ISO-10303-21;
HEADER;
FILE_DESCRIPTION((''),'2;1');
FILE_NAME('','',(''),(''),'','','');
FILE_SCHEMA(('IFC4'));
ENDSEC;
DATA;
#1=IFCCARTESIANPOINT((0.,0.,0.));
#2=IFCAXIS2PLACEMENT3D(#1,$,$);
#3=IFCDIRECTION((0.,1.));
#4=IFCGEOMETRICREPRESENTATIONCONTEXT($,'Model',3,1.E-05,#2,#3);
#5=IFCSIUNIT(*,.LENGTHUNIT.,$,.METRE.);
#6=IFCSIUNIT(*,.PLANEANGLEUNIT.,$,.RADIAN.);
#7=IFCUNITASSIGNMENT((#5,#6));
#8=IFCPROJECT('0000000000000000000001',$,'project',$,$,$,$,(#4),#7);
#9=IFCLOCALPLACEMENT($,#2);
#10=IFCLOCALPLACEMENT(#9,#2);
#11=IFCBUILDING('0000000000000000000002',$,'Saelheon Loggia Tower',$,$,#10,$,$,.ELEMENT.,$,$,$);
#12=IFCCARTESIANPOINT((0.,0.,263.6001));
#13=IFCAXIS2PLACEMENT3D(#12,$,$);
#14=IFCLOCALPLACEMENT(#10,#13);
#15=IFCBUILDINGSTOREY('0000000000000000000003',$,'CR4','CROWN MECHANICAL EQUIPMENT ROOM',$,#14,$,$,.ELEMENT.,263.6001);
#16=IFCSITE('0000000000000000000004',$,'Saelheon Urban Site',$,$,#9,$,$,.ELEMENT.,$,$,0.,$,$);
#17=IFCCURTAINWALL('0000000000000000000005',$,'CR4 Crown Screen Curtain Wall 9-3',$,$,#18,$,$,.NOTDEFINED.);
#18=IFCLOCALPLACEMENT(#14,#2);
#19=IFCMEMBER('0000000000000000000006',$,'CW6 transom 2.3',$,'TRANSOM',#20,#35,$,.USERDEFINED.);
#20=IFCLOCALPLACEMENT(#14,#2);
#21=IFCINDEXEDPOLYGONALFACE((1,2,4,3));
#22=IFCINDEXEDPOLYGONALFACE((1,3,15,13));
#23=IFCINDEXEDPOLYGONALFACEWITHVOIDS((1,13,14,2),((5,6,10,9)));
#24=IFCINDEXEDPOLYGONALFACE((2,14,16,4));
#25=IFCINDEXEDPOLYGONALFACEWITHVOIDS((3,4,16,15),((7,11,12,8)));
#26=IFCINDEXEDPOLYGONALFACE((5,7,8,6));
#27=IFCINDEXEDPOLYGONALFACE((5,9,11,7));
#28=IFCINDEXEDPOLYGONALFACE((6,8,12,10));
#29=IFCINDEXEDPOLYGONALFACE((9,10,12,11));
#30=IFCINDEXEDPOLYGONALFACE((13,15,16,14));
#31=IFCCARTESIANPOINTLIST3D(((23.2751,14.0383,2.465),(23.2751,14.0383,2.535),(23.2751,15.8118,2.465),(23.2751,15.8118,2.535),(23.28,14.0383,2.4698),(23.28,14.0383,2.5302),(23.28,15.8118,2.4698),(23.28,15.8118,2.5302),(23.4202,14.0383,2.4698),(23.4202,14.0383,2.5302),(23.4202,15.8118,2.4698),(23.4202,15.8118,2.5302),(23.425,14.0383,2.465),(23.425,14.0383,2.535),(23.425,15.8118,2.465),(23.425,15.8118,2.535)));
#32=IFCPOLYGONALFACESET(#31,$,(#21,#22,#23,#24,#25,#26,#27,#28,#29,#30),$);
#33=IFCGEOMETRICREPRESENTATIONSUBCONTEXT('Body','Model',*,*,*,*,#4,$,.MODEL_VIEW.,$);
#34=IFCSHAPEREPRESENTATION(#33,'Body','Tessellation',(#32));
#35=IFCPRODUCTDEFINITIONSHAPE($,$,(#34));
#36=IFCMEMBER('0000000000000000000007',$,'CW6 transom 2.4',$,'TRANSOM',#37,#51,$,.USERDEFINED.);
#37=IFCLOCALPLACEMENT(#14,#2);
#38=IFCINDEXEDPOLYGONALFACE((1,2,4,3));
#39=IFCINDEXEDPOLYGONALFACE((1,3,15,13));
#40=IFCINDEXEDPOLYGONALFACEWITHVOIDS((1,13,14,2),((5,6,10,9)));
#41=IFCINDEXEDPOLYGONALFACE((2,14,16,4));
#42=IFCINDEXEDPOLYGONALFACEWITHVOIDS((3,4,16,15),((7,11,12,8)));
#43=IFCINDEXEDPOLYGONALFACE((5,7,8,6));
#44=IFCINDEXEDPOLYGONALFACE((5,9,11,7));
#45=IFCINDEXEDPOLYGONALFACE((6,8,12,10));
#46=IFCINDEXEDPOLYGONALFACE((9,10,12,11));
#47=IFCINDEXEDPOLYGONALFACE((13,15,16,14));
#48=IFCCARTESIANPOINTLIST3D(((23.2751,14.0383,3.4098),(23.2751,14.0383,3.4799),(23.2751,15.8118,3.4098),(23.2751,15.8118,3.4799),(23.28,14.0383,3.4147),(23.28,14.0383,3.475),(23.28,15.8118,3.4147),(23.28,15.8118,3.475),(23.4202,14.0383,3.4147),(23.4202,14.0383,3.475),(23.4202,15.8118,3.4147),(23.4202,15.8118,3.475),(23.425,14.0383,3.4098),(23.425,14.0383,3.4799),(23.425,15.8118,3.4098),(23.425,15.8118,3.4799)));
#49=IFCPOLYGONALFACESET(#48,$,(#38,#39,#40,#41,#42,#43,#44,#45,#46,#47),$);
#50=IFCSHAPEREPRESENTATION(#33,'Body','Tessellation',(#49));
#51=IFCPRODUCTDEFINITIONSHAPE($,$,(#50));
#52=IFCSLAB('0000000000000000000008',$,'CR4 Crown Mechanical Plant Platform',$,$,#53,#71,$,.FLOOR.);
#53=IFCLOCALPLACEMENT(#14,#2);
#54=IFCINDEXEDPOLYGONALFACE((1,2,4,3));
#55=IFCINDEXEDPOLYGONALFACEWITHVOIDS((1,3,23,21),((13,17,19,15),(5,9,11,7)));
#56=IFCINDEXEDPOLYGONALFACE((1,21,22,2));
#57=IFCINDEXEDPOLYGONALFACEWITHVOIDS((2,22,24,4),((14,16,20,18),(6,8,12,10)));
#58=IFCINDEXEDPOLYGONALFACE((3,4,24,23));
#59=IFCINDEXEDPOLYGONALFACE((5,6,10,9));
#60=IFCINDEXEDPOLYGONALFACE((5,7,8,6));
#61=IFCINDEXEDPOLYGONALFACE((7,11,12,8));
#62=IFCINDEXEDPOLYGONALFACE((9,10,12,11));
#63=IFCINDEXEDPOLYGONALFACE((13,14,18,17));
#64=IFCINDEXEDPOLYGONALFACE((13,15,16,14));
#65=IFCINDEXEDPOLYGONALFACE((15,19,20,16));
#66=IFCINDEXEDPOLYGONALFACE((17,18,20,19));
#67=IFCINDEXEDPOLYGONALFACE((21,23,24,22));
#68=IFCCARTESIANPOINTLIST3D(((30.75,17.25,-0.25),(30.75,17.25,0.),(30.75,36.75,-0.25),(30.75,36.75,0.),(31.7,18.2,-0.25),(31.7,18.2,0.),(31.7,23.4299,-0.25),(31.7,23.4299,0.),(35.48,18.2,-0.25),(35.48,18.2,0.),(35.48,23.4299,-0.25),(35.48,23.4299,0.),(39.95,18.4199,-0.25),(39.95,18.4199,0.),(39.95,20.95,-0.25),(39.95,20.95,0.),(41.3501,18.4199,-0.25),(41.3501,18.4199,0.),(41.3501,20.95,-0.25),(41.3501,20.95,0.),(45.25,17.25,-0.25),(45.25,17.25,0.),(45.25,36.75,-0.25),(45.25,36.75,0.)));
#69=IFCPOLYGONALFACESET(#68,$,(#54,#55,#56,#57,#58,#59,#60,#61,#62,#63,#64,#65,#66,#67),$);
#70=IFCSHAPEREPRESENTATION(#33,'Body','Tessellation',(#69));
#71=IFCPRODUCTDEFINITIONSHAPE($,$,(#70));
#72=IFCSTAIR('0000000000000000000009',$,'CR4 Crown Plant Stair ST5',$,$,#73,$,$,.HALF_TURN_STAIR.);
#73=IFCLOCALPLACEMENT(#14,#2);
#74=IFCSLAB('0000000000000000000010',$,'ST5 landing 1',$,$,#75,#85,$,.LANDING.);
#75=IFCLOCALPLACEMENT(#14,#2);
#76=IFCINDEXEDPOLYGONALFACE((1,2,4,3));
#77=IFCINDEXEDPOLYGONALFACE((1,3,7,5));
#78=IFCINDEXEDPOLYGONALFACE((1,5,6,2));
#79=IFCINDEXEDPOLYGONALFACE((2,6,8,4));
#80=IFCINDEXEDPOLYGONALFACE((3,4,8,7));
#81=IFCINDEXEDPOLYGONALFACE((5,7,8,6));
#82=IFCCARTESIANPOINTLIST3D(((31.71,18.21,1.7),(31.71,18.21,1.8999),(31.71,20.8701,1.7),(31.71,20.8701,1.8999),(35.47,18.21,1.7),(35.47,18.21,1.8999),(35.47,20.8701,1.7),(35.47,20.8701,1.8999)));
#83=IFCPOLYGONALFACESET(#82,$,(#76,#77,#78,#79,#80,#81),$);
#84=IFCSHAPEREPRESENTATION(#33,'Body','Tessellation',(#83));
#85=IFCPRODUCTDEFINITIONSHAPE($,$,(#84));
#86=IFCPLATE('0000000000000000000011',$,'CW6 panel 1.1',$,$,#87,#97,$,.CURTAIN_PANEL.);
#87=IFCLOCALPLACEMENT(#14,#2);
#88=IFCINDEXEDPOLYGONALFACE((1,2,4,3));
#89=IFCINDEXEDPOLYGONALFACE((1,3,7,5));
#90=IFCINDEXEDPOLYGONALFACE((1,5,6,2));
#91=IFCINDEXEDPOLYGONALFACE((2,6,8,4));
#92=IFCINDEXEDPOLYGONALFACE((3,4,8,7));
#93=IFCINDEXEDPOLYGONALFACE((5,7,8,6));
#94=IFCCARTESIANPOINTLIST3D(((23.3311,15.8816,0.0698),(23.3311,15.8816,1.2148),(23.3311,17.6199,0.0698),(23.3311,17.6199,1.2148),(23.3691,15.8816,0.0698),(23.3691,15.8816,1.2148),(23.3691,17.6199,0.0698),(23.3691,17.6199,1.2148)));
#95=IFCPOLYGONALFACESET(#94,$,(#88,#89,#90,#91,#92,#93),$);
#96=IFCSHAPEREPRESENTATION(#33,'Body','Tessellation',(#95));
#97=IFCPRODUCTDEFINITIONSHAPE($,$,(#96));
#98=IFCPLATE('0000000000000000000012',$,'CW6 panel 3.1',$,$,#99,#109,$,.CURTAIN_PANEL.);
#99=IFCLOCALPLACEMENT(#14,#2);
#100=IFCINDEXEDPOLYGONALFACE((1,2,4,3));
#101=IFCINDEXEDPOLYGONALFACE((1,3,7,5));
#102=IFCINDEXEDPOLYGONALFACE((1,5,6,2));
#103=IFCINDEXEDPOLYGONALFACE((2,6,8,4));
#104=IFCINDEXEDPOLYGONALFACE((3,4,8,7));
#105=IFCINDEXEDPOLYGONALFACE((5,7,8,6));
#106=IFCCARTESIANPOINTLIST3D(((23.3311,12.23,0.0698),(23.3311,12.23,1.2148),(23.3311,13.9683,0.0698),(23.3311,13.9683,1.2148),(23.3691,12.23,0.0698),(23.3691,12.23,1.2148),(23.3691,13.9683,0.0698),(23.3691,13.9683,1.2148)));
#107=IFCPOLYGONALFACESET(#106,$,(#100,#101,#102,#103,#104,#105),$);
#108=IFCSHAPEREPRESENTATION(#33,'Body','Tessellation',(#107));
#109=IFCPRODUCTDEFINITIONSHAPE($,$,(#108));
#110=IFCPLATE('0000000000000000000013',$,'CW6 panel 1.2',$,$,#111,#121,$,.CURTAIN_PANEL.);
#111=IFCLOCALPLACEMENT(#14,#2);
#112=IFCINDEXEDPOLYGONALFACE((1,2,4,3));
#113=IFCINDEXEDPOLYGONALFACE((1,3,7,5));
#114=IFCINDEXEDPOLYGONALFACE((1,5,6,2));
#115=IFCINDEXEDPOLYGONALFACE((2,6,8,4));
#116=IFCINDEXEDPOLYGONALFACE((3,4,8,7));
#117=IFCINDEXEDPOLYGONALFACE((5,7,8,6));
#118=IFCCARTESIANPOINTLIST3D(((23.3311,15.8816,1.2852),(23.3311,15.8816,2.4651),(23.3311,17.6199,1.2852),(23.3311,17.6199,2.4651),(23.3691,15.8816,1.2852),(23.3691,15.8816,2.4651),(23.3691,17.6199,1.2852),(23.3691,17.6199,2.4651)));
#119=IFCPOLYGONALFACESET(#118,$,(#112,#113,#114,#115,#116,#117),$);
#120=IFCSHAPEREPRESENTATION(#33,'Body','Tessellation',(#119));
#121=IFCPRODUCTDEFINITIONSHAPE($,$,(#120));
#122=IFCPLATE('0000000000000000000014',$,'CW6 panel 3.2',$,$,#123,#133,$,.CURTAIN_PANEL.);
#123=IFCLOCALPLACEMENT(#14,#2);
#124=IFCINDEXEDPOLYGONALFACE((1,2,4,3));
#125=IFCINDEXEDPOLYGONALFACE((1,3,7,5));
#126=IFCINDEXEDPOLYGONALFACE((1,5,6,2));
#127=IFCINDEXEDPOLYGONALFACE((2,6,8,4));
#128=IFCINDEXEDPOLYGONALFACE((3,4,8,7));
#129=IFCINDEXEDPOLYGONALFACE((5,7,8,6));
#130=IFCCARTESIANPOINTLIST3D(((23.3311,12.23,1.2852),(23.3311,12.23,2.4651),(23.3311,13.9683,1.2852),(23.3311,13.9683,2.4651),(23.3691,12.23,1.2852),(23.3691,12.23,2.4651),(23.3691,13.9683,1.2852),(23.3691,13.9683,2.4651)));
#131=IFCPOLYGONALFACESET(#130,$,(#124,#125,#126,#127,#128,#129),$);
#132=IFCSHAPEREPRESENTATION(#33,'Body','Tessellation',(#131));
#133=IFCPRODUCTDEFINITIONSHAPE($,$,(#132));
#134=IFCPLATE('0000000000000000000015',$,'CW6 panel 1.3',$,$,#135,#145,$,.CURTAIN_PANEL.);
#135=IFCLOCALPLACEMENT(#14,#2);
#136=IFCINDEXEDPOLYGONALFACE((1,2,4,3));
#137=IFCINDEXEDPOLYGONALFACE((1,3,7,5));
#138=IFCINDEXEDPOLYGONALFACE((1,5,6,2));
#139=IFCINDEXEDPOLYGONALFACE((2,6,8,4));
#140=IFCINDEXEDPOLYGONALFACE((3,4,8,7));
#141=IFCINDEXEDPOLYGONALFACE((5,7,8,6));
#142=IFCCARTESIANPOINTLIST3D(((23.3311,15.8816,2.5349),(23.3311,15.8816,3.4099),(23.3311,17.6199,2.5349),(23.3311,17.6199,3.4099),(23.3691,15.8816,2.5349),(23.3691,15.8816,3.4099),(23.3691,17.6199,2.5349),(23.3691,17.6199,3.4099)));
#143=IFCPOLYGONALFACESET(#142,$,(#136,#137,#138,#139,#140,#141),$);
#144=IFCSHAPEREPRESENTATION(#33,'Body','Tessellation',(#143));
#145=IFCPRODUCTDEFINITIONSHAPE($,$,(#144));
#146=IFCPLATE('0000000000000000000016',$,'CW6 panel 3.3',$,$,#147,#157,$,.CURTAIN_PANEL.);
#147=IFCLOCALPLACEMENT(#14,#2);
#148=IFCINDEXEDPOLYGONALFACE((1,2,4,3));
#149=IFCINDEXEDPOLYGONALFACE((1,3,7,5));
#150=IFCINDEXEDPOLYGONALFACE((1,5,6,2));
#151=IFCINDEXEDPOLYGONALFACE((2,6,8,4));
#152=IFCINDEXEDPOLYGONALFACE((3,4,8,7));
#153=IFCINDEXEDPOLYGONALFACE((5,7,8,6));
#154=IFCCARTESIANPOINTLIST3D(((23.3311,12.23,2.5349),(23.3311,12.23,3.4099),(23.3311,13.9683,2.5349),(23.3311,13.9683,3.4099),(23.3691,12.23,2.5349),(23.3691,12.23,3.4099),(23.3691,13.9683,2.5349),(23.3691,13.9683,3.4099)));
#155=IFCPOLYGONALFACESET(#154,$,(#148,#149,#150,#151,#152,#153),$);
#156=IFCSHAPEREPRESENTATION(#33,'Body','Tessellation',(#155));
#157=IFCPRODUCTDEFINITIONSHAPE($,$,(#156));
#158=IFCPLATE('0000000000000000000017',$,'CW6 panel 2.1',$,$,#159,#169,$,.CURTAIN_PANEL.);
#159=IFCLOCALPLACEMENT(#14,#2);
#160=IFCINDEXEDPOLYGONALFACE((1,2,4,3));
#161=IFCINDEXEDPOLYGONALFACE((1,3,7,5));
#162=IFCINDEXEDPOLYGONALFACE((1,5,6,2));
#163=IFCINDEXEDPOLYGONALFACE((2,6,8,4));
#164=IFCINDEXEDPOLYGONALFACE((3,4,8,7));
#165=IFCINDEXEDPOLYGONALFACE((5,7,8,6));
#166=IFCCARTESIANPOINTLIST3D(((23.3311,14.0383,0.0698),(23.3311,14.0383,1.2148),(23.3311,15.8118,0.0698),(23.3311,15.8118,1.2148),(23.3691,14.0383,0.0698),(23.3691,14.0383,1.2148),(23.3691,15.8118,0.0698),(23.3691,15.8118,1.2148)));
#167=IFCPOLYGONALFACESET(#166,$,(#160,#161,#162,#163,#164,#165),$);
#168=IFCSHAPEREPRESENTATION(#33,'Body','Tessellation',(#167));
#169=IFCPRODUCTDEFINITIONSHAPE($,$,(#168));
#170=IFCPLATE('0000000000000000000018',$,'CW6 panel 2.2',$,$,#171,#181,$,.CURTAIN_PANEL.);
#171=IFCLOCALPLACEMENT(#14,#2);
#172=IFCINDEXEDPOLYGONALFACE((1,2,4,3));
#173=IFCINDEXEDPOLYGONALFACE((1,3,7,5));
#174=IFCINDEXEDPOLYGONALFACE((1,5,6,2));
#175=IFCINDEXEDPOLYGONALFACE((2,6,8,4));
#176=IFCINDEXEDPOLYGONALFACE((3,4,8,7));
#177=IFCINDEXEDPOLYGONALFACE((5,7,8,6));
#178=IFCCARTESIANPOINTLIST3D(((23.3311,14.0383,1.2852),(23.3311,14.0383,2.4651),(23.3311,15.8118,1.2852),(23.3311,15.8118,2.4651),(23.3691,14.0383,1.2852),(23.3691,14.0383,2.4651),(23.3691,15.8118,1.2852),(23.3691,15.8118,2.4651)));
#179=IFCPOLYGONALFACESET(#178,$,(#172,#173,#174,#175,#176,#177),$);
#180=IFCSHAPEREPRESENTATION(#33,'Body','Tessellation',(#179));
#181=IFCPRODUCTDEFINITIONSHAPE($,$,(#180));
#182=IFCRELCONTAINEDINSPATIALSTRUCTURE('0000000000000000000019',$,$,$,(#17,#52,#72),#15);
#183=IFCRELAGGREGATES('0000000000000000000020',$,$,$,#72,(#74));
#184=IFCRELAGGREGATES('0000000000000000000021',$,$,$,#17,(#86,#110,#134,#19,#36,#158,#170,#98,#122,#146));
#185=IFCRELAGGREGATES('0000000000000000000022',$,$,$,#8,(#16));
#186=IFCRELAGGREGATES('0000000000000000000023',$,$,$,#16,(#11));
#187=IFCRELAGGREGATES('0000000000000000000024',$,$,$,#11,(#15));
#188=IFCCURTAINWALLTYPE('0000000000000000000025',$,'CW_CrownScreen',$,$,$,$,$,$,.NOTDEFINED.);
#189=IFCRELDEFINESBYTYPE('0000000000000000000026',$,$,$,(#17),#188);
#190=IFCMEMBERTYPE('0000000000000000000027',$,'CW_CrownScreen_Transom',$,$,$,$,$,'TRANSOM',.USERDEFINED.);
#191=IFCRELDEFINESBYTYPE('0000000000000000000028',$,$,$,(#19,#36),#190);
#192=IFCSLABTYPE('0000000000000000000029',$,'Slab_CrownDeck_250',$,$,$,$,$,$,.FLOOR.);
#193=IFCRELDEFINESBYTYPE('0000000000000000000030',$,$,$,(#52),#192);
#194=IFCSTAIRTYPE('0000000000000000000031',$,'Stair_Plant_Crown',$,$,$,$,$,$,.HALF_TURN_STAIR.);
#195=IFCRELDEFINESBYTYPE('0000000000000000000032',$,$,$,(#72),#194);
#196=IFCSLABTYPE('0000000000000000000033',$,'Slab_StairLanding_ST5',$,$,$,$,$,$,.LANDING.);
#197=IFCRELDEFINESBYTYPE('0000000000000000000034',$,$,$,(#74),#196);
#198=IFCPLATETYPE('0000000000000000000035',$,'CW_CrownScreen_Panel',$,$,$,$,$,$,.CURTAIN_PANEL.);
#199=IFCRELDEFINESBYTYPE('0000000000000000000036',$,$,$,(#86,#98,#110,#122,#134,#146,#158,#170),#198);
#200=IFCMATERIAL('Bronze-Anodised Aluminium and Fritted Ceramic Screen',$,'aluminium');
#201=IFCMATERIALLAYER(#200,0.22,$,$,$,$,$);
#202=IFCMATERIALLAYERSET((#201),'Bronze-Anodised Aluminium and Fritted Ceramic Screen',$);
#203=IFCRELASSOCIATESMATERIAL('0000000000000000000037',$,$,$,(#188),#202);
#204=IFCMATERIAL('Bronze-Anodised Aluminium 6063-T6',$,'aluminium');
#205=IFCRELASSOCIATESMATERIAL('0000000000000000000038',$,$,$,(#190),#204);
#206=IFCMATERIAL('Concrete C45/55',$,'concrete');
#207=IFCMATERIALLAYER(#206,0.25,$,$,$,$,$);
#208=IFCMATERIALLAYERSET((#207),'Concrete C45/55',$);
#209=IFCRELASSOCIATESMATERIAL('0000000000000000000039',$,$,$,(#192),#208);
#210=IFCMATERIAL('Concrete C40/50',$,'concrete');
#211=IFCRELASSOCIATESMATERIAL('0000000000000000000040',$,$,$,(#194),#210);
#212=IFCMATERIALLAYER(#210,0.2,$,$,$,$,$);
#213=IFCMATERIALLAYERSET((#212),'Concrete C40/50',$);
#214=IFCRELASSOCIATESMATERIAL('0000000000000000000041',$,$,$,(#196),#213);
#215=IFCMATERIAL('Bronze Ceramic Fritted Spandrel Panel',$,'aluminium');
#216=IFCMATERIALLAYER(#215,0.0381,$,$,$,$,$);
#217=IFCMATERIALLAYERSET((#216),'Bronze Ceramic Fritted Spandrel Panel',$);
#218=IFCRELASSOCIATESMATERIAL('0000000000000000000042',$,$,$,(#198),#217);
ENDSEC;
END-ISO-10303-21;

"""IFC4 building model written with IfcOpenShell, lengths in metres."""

from ifc_helpers import new_model, si_unit, direction, frame, origin, origin_2d, place, context, subcontext, project, spatial, polyline, rectangle, hollow_rectangle, outline, extrude, source, transform, mapped, material, layer, layer_set, material_profile, profile_set, type_object, element, aggregate, save


model = new_model("IFC4")

# Units and contexts
model_context = context("Model", 3, precision=1e-05, world=origin(), true_north=direction((0.0, 1.0)))
body_context = subcontext(model_context, "Body", "Model", "MODEL_VIEW")
ifc_project = project(units=[si_unit("LENGTHUNIT", "METRE"), si_unit("PLANEANGLEUNIT", "RADIAN")], contexts=[model_context])

# Site, building, storey
site_placement = place(None, origin())
site = spatial("IfcSite", under=ifc_project, at=site_placement, Name="Saelheon Urban Site", CompositionType="ELEMENT", RefElevation=0.0)
building_placement = place(site_placement, origin())
building = spatial("IfcBuilding", under=site, at=building_placement, Name="Saelheon Loggia Tower", CompositionType="ELEMENT")
storey_placement = place(building_placement, frame((0.0, 0.0, 263.6001)))
storey = spatial("IfcBuildingStorey", under=building, at=storey_placement, Name="CR4", Description="CROWN MECHANICAL EQUIPMENT ROOM", CompositionType="ELEMENT", Elevation=263.6001)

# Curtain wall, members
ifc_material_1 = material(Name="Bronze-Anodised Aluminium and Fritted Ceramic Screen", Category="aluminium")
ifc_layer_1 = layer(ifc_material_1, 0.22)
ifc_layer_set_1 = layer_set([ifc_layer_1], Name="Bronze-Anodised Aluminium and Fritted Ceramic Screen")
curtain_wall_type = type_object("IfcCurtainWallType", Name="CW_CrownScreen", PredefinedType="NOTDEFINED", material=ifc_layer_set_1)
curtain_wall_placement = place(storey_placement, origin())
curtain_wall = element("IfcCurtainWall", 1, at=curtain_wall_placement, inside=storey, type_object=curtain_wall_type, Name="CR4 Crown Screen Curtain Wall 9-3", PredefinedType="NOTDEFINED")
ifc_material_2 = material(Name="Bronze-Anodised Aluminium 6063-T6", Category="aluminium")
ifc_material_profile_1 = material_profile(ifc_material_2, hollow_rectangle(XDim=0.0701, YDim=0.1499, WallThickness=0.0049, at=origin_2d()), Name="RHS-150x70x5")
ifc_profile_set_1 = profile_set([ifc_material_profile_1], Name="Bronze-Anodised Aluminium 6063-T6")
member_type_1 = type_object("IfcMemberType", Name="CW_CrownScreen_Transom", ElementType="TRANSOM", PredefinedType="USERDEFINED", material=ifc_profile_set_1)
shared_shape_1 = source(origin(), body_context, "Body", "SweptSolid", [
    extrude(hollow_rectangle(XDim=0.0701, YDim=0.1499, WallThickness=0.0049, at=origin_2d()), origin(), (0.0, 0.0, 1.0), 1.7734),
])
member_1_placement = place(storey_placement, frame((23.3501, 15.8118, 2.5), z_axis=(0.0, -1.0, 0.0), x_axis=(0.0, 0.0, 1.0)))
member_1 = element("IfcMember", 2, at=member_1_placement, type_object=member_type_1, Name="CW6 transom 2.3", ObjectType="TRANSOM", PredefinedType="USERDEFINED", context=body_context, shape_type="MappedRepresentation", body=[
    mapped(shared_shape_1, transform((0.0, 0.0, 0.0), scale=1.0)),
])
member_2_placement = place(storey_placement, frame((23.3501, 15.8118, 3.4448), z_axis=(0.0, -1.0, 0.0), x_axis=(0.0, 0.0, 1.0)))
member_2 = element("IfcMember", 3, at=member_2_placement, type_object=member_type_1, Name="CW6 transom 2.4", ObjectType="TRANSOM", PredefinedType="USERDEFINED", context=body_context, shape_type="MappedRepresentation", body=[
    mapped(shared_shape_1, transform((0.0, 0.0, 0.0), scale=1.0)),
])

# Slab
ifc_material_3 = material(Name="Concrete C45/55", Category="concrete")
ifc_layer_2 = layer(ifc_material_3, 0.25)
ifc_layer_set_2 = layer_set([ifc_layer_2], Name="Concrete C45/55")
slab_type_1 = type_object("IfcSlabType", Name="Slab_CrownDeck_250", PredefinedType="FLOOR", material=ifc_layer_set_2)
slab_1_placement = place(storey_placement, frame((0.0, 0.0, -0.25)))
element("IfcSlab", 4, at=slab_1_placement, inside=storey, type_object=slab_type_1, Name="CR4 Crown Mechanical Plant Platform", PredefinedType="FLOOR", context=body_context, shape_type="SweptSolid", body=[
    extrude(outline(polyline([(30.75, 17.25), (45.25, 17.25), (45.25, 36.75), (30.75, 36.75), (30.75, 17.25)]), holes=[polyline([(31.7, 23.4299), (31.7, 18.2), (35.48, 18.2), (35.48, 23.4299), (31.7, 23.4299)]), polyline([(39.95, 18.4199), (41.3501, 18.4199), (41.3501, 20.95), (39.95, 20.95), (39.95, 18.4199)])]), origin(), (0.0, 0.0, 1.0), 0.25),
])

# Stair, slab
ifc_material_4 = material(Name="Concrete C40/50", Category="concrete")
stair_type = type_object("IfcStairType", Name="Stair_Plant_Crown", PredefinedType="HALF_TURN_STAIR", material=ifc_material_4)
stair_placement = place(storey_placement, origin())
stair = element("IfcStair", 5, at=stair_placement, inside=storey, type_object=stair_type, Name="CR4 Crown Plant Stair ST5", PredefinedType="HALF_TURN_STAIR")
ifc_layer_3 = layer(ifc_material_4, 0.2)
ifc_layer_set_3 = layer_set([ifc_layer_3], Name="Concrete C40/50")
slab_type_2 = type_object("IfcSlabType", Name="Slab_StairLanding_ST5", PredefinedType="LANDING", material=ifc_layer_set_3)
slab_2_placement = place(storey_placement, frame((0.0, 0.0, 1.7)))
slab_2 = element("IfcSlab", 6, at=slab_2_placement, type_object=slab_type_2, Name="ST5 landing 1", PredefinedType="LANDING", context=body_context, shape_type="SweptSolid", body=[
    extrude(outline(polyline([(31.71, 20.8701), (31.71, 18.21), (35.47, 18.21), (35.47, 20.8701), (31.71, 20.8701)])), origin(), (0.0, 0.0, 1.0), 0.2),
])
aggregate(stair, [slab_2])

# Plates
ifc_material_5 = material(Name="Bronze Ceramic Fritted Spandrel Panel", Category="aluminium")
ifc_layer_4 = layer(ifc_material_5, 0.0381)
ifc_layer_set_4 = layer_set([ifc_layer_4], Name="Bronze Ceramic Fritted Spandrel Panel")
plate_type = type_object("IfcPlateType", Name="CW_CrownScreen_Panel", PredefinedType="CURTAIN_PANEL", material=ifc_layer_set_4)
shared_shape_2 = source(origin(), body_context, "Body", "SweptSolid", [
    extrude(rectangle(XDim=1.7383, YDim=0.0381, at=origin_2d()), origin(), (0.0, 0.0, 1.0), 1.145),
])
plate_1_placement = place(storey_placement, frame((23.3501, 16.7507, 0.0698), z_axis=(0.0, 0.0, 1.0), x_axis=(0.0, -1.0, 0.0)))
plate_1 = element("IfcPlate", 7, at=plate_1_placement, type_object=plate_type, Name="CW6 panel 1.1", PredefinedType="CURTAIN_PANEL", context=body_context, shape_type="MappedRepresentation", body=[
    mapped(shared_shape_2, transform((0.0, 0.0, 0.0), scale=1.0)),
])
plate_2_placement = place(storey_placement, frame((23.3501, 13.0991, 0.0698), z_axis=(0.0, 0.0, 1.0), x_axis=(0.0, -1.0, 0.0)))
plate_2 = element("IfcPlate", 8, at=plate_2_placement, type_object=plate_type, Name="CW6 panel 3.1", PredefinedType="CURTAIN_PANEL", context=body_context, shape_type="MappedRepresentation", body=[
    mapped(shared_shape_2, transform((0.0, 0.0, 0.0), scale=1.0)),
])
shared_shape_3 = source(origin(), body_context, "Body", "SweptSolid", [
    extrude(rectangle(XDim=1.7383, YDim=0.0381, at=origin_2d()), origin(), (0.0, 0.0, 1.0), 1.1799),
])
plate_3_placement = place(storey_placement, frame((23.3501, 16.7507, 1.2852), z_axis=(0.0, 0.0, 1.0), x_axis=(0.0, -1.0, 0.0)))
plate_3 = element("IfcPlate", 9, at=plate_3_placement, type_object=plate_type, Name="CW6 panel 1.2", PredefinedType="CURTAIN_PANEL", context=body_context, shape_type="MappedRepresentation", body=[
    mapped(shared_shape_3, transform((0.0, 0.0, 0.0), scale=1.0)),
])
plate_4_placement = place(storey_placement, frame((23.3501, 13.0991, 1.2852), z_axis=(0.0, 0.0, 1.0), x_axis=(0.0, -1.0, 0.0)))
plate_4 = element("IfcPlate", 10, at=plate_4_placement, type_object=plate_type, Name="CW6 panel 3.2", PredefinedType="CURTAIN_PANEL", context=body_context, shape_type="MappedRepresentation", body=[
    mapped(shared_shape_3, transform((0.0, 0.0, 0.0), scale=1.0)),
])
shared_shape_4 = source(origin(), body_context, "Body", "SweptSolid", [
    extrude(rectangle(XDim=1.7383, YDim=0.0381, at=origin_2d()), origin(), (0.0, 0.0, 1.0), 0.875),
])
plate_5_placement = place(storey_placement, frame((23.3501, 16.7507, 2.5349), z_axis=(0.0, 0.0, 1.0), x_axis=(0.0, -1.0, 0.0)))
plate_5 = element("IfcPlate", 11, at=plate_5_placement, type_object=plate_type, Name="CW6 panel 1.3", PredefinedType="CURTAIN_PANEL", context=body_context, shape_type="MappedRepresentation", body=[
    mapped(shared_shape_4, transform((0.0, 0.0, 0.0), scale=1.0)),
])
plate_6_placement = place(storey_placement, frame((23.3501, 13.0991, 2.5349), z_axis=(0.0, 0.0, 1.0), x_axis=(0.0, -1.0, 0.0)))
plate_6 = element("IfcPlate", 12, at=plate_6_placement, type_object=plate_type, Name="CW6 panel 3.3", PredefinedType="CURTAIN_PANEL", context=body_context, shape_type="MappedRepresentation", body=[
    mapped(shared_shape_4, transform((0.0, 0.0, 0.0), scale=1.0)),
])
shared_shape_5 = source(origin(), body_context, "Body", "SweptSolid", [
    extrude(rectangle(XDim=1.7734, YDim=0.0381, at=origin_2d()), origin(), (0.0, 0.0, 1.0), 1.145),
])
plate_7_placement = place(storey_placement, frame((23.3501, 14.925, 0.0698), z_axis=(0.0, 0.0, 1.0), x_axis=(0.0, -1.0, 0.0)))
plate_7 = element("IfcPlate", 13, at=plate_7_placement, type_object=plate_type, Name="CW6 panel 2.1", PredefinedType="CURTAIN_PANEL", context=body_context, shape_type="MappedRepresentation", body=[
    mapped(shared_shape_5, transform((0.0, 0.0, 0.0), scale=1.0)),
])
shared_shape_6 = source(origin(), body_context, "Body", "SweptSolid", [
    extrude(rectangle(XDim=1.7734, YDim=0.0381, at=origin_2d()), origin(), (0.0, 0.0, 1.0), 1.1799),
])
plate_8_placement = place(storey_placement, frame((23.3501, 14.925, 1.2852), z_axis=(0.0, 0.0, 1.0), x_axis=(0.0, -1.0, 0.0)))
plate_8 = element("IfcPlate", 14, at=plate_8_placement, type_object=plate_type, Name="CW6 panel 2.2", PredefinedType="CURTAIN_PANEL", context=body_context, shape_type="MappedRepresentation", body=[
    mapped(shared_shape_6, transform((0.0, 0.0, 0.0), scale=1.0)),
])
aggregate(curtain_wall, [plate_1, plate_3, plate_5, member_1, member_2, plate_7, plate_8, plate_2, plate_4, plate_6])

save(model, "model.ifc")
